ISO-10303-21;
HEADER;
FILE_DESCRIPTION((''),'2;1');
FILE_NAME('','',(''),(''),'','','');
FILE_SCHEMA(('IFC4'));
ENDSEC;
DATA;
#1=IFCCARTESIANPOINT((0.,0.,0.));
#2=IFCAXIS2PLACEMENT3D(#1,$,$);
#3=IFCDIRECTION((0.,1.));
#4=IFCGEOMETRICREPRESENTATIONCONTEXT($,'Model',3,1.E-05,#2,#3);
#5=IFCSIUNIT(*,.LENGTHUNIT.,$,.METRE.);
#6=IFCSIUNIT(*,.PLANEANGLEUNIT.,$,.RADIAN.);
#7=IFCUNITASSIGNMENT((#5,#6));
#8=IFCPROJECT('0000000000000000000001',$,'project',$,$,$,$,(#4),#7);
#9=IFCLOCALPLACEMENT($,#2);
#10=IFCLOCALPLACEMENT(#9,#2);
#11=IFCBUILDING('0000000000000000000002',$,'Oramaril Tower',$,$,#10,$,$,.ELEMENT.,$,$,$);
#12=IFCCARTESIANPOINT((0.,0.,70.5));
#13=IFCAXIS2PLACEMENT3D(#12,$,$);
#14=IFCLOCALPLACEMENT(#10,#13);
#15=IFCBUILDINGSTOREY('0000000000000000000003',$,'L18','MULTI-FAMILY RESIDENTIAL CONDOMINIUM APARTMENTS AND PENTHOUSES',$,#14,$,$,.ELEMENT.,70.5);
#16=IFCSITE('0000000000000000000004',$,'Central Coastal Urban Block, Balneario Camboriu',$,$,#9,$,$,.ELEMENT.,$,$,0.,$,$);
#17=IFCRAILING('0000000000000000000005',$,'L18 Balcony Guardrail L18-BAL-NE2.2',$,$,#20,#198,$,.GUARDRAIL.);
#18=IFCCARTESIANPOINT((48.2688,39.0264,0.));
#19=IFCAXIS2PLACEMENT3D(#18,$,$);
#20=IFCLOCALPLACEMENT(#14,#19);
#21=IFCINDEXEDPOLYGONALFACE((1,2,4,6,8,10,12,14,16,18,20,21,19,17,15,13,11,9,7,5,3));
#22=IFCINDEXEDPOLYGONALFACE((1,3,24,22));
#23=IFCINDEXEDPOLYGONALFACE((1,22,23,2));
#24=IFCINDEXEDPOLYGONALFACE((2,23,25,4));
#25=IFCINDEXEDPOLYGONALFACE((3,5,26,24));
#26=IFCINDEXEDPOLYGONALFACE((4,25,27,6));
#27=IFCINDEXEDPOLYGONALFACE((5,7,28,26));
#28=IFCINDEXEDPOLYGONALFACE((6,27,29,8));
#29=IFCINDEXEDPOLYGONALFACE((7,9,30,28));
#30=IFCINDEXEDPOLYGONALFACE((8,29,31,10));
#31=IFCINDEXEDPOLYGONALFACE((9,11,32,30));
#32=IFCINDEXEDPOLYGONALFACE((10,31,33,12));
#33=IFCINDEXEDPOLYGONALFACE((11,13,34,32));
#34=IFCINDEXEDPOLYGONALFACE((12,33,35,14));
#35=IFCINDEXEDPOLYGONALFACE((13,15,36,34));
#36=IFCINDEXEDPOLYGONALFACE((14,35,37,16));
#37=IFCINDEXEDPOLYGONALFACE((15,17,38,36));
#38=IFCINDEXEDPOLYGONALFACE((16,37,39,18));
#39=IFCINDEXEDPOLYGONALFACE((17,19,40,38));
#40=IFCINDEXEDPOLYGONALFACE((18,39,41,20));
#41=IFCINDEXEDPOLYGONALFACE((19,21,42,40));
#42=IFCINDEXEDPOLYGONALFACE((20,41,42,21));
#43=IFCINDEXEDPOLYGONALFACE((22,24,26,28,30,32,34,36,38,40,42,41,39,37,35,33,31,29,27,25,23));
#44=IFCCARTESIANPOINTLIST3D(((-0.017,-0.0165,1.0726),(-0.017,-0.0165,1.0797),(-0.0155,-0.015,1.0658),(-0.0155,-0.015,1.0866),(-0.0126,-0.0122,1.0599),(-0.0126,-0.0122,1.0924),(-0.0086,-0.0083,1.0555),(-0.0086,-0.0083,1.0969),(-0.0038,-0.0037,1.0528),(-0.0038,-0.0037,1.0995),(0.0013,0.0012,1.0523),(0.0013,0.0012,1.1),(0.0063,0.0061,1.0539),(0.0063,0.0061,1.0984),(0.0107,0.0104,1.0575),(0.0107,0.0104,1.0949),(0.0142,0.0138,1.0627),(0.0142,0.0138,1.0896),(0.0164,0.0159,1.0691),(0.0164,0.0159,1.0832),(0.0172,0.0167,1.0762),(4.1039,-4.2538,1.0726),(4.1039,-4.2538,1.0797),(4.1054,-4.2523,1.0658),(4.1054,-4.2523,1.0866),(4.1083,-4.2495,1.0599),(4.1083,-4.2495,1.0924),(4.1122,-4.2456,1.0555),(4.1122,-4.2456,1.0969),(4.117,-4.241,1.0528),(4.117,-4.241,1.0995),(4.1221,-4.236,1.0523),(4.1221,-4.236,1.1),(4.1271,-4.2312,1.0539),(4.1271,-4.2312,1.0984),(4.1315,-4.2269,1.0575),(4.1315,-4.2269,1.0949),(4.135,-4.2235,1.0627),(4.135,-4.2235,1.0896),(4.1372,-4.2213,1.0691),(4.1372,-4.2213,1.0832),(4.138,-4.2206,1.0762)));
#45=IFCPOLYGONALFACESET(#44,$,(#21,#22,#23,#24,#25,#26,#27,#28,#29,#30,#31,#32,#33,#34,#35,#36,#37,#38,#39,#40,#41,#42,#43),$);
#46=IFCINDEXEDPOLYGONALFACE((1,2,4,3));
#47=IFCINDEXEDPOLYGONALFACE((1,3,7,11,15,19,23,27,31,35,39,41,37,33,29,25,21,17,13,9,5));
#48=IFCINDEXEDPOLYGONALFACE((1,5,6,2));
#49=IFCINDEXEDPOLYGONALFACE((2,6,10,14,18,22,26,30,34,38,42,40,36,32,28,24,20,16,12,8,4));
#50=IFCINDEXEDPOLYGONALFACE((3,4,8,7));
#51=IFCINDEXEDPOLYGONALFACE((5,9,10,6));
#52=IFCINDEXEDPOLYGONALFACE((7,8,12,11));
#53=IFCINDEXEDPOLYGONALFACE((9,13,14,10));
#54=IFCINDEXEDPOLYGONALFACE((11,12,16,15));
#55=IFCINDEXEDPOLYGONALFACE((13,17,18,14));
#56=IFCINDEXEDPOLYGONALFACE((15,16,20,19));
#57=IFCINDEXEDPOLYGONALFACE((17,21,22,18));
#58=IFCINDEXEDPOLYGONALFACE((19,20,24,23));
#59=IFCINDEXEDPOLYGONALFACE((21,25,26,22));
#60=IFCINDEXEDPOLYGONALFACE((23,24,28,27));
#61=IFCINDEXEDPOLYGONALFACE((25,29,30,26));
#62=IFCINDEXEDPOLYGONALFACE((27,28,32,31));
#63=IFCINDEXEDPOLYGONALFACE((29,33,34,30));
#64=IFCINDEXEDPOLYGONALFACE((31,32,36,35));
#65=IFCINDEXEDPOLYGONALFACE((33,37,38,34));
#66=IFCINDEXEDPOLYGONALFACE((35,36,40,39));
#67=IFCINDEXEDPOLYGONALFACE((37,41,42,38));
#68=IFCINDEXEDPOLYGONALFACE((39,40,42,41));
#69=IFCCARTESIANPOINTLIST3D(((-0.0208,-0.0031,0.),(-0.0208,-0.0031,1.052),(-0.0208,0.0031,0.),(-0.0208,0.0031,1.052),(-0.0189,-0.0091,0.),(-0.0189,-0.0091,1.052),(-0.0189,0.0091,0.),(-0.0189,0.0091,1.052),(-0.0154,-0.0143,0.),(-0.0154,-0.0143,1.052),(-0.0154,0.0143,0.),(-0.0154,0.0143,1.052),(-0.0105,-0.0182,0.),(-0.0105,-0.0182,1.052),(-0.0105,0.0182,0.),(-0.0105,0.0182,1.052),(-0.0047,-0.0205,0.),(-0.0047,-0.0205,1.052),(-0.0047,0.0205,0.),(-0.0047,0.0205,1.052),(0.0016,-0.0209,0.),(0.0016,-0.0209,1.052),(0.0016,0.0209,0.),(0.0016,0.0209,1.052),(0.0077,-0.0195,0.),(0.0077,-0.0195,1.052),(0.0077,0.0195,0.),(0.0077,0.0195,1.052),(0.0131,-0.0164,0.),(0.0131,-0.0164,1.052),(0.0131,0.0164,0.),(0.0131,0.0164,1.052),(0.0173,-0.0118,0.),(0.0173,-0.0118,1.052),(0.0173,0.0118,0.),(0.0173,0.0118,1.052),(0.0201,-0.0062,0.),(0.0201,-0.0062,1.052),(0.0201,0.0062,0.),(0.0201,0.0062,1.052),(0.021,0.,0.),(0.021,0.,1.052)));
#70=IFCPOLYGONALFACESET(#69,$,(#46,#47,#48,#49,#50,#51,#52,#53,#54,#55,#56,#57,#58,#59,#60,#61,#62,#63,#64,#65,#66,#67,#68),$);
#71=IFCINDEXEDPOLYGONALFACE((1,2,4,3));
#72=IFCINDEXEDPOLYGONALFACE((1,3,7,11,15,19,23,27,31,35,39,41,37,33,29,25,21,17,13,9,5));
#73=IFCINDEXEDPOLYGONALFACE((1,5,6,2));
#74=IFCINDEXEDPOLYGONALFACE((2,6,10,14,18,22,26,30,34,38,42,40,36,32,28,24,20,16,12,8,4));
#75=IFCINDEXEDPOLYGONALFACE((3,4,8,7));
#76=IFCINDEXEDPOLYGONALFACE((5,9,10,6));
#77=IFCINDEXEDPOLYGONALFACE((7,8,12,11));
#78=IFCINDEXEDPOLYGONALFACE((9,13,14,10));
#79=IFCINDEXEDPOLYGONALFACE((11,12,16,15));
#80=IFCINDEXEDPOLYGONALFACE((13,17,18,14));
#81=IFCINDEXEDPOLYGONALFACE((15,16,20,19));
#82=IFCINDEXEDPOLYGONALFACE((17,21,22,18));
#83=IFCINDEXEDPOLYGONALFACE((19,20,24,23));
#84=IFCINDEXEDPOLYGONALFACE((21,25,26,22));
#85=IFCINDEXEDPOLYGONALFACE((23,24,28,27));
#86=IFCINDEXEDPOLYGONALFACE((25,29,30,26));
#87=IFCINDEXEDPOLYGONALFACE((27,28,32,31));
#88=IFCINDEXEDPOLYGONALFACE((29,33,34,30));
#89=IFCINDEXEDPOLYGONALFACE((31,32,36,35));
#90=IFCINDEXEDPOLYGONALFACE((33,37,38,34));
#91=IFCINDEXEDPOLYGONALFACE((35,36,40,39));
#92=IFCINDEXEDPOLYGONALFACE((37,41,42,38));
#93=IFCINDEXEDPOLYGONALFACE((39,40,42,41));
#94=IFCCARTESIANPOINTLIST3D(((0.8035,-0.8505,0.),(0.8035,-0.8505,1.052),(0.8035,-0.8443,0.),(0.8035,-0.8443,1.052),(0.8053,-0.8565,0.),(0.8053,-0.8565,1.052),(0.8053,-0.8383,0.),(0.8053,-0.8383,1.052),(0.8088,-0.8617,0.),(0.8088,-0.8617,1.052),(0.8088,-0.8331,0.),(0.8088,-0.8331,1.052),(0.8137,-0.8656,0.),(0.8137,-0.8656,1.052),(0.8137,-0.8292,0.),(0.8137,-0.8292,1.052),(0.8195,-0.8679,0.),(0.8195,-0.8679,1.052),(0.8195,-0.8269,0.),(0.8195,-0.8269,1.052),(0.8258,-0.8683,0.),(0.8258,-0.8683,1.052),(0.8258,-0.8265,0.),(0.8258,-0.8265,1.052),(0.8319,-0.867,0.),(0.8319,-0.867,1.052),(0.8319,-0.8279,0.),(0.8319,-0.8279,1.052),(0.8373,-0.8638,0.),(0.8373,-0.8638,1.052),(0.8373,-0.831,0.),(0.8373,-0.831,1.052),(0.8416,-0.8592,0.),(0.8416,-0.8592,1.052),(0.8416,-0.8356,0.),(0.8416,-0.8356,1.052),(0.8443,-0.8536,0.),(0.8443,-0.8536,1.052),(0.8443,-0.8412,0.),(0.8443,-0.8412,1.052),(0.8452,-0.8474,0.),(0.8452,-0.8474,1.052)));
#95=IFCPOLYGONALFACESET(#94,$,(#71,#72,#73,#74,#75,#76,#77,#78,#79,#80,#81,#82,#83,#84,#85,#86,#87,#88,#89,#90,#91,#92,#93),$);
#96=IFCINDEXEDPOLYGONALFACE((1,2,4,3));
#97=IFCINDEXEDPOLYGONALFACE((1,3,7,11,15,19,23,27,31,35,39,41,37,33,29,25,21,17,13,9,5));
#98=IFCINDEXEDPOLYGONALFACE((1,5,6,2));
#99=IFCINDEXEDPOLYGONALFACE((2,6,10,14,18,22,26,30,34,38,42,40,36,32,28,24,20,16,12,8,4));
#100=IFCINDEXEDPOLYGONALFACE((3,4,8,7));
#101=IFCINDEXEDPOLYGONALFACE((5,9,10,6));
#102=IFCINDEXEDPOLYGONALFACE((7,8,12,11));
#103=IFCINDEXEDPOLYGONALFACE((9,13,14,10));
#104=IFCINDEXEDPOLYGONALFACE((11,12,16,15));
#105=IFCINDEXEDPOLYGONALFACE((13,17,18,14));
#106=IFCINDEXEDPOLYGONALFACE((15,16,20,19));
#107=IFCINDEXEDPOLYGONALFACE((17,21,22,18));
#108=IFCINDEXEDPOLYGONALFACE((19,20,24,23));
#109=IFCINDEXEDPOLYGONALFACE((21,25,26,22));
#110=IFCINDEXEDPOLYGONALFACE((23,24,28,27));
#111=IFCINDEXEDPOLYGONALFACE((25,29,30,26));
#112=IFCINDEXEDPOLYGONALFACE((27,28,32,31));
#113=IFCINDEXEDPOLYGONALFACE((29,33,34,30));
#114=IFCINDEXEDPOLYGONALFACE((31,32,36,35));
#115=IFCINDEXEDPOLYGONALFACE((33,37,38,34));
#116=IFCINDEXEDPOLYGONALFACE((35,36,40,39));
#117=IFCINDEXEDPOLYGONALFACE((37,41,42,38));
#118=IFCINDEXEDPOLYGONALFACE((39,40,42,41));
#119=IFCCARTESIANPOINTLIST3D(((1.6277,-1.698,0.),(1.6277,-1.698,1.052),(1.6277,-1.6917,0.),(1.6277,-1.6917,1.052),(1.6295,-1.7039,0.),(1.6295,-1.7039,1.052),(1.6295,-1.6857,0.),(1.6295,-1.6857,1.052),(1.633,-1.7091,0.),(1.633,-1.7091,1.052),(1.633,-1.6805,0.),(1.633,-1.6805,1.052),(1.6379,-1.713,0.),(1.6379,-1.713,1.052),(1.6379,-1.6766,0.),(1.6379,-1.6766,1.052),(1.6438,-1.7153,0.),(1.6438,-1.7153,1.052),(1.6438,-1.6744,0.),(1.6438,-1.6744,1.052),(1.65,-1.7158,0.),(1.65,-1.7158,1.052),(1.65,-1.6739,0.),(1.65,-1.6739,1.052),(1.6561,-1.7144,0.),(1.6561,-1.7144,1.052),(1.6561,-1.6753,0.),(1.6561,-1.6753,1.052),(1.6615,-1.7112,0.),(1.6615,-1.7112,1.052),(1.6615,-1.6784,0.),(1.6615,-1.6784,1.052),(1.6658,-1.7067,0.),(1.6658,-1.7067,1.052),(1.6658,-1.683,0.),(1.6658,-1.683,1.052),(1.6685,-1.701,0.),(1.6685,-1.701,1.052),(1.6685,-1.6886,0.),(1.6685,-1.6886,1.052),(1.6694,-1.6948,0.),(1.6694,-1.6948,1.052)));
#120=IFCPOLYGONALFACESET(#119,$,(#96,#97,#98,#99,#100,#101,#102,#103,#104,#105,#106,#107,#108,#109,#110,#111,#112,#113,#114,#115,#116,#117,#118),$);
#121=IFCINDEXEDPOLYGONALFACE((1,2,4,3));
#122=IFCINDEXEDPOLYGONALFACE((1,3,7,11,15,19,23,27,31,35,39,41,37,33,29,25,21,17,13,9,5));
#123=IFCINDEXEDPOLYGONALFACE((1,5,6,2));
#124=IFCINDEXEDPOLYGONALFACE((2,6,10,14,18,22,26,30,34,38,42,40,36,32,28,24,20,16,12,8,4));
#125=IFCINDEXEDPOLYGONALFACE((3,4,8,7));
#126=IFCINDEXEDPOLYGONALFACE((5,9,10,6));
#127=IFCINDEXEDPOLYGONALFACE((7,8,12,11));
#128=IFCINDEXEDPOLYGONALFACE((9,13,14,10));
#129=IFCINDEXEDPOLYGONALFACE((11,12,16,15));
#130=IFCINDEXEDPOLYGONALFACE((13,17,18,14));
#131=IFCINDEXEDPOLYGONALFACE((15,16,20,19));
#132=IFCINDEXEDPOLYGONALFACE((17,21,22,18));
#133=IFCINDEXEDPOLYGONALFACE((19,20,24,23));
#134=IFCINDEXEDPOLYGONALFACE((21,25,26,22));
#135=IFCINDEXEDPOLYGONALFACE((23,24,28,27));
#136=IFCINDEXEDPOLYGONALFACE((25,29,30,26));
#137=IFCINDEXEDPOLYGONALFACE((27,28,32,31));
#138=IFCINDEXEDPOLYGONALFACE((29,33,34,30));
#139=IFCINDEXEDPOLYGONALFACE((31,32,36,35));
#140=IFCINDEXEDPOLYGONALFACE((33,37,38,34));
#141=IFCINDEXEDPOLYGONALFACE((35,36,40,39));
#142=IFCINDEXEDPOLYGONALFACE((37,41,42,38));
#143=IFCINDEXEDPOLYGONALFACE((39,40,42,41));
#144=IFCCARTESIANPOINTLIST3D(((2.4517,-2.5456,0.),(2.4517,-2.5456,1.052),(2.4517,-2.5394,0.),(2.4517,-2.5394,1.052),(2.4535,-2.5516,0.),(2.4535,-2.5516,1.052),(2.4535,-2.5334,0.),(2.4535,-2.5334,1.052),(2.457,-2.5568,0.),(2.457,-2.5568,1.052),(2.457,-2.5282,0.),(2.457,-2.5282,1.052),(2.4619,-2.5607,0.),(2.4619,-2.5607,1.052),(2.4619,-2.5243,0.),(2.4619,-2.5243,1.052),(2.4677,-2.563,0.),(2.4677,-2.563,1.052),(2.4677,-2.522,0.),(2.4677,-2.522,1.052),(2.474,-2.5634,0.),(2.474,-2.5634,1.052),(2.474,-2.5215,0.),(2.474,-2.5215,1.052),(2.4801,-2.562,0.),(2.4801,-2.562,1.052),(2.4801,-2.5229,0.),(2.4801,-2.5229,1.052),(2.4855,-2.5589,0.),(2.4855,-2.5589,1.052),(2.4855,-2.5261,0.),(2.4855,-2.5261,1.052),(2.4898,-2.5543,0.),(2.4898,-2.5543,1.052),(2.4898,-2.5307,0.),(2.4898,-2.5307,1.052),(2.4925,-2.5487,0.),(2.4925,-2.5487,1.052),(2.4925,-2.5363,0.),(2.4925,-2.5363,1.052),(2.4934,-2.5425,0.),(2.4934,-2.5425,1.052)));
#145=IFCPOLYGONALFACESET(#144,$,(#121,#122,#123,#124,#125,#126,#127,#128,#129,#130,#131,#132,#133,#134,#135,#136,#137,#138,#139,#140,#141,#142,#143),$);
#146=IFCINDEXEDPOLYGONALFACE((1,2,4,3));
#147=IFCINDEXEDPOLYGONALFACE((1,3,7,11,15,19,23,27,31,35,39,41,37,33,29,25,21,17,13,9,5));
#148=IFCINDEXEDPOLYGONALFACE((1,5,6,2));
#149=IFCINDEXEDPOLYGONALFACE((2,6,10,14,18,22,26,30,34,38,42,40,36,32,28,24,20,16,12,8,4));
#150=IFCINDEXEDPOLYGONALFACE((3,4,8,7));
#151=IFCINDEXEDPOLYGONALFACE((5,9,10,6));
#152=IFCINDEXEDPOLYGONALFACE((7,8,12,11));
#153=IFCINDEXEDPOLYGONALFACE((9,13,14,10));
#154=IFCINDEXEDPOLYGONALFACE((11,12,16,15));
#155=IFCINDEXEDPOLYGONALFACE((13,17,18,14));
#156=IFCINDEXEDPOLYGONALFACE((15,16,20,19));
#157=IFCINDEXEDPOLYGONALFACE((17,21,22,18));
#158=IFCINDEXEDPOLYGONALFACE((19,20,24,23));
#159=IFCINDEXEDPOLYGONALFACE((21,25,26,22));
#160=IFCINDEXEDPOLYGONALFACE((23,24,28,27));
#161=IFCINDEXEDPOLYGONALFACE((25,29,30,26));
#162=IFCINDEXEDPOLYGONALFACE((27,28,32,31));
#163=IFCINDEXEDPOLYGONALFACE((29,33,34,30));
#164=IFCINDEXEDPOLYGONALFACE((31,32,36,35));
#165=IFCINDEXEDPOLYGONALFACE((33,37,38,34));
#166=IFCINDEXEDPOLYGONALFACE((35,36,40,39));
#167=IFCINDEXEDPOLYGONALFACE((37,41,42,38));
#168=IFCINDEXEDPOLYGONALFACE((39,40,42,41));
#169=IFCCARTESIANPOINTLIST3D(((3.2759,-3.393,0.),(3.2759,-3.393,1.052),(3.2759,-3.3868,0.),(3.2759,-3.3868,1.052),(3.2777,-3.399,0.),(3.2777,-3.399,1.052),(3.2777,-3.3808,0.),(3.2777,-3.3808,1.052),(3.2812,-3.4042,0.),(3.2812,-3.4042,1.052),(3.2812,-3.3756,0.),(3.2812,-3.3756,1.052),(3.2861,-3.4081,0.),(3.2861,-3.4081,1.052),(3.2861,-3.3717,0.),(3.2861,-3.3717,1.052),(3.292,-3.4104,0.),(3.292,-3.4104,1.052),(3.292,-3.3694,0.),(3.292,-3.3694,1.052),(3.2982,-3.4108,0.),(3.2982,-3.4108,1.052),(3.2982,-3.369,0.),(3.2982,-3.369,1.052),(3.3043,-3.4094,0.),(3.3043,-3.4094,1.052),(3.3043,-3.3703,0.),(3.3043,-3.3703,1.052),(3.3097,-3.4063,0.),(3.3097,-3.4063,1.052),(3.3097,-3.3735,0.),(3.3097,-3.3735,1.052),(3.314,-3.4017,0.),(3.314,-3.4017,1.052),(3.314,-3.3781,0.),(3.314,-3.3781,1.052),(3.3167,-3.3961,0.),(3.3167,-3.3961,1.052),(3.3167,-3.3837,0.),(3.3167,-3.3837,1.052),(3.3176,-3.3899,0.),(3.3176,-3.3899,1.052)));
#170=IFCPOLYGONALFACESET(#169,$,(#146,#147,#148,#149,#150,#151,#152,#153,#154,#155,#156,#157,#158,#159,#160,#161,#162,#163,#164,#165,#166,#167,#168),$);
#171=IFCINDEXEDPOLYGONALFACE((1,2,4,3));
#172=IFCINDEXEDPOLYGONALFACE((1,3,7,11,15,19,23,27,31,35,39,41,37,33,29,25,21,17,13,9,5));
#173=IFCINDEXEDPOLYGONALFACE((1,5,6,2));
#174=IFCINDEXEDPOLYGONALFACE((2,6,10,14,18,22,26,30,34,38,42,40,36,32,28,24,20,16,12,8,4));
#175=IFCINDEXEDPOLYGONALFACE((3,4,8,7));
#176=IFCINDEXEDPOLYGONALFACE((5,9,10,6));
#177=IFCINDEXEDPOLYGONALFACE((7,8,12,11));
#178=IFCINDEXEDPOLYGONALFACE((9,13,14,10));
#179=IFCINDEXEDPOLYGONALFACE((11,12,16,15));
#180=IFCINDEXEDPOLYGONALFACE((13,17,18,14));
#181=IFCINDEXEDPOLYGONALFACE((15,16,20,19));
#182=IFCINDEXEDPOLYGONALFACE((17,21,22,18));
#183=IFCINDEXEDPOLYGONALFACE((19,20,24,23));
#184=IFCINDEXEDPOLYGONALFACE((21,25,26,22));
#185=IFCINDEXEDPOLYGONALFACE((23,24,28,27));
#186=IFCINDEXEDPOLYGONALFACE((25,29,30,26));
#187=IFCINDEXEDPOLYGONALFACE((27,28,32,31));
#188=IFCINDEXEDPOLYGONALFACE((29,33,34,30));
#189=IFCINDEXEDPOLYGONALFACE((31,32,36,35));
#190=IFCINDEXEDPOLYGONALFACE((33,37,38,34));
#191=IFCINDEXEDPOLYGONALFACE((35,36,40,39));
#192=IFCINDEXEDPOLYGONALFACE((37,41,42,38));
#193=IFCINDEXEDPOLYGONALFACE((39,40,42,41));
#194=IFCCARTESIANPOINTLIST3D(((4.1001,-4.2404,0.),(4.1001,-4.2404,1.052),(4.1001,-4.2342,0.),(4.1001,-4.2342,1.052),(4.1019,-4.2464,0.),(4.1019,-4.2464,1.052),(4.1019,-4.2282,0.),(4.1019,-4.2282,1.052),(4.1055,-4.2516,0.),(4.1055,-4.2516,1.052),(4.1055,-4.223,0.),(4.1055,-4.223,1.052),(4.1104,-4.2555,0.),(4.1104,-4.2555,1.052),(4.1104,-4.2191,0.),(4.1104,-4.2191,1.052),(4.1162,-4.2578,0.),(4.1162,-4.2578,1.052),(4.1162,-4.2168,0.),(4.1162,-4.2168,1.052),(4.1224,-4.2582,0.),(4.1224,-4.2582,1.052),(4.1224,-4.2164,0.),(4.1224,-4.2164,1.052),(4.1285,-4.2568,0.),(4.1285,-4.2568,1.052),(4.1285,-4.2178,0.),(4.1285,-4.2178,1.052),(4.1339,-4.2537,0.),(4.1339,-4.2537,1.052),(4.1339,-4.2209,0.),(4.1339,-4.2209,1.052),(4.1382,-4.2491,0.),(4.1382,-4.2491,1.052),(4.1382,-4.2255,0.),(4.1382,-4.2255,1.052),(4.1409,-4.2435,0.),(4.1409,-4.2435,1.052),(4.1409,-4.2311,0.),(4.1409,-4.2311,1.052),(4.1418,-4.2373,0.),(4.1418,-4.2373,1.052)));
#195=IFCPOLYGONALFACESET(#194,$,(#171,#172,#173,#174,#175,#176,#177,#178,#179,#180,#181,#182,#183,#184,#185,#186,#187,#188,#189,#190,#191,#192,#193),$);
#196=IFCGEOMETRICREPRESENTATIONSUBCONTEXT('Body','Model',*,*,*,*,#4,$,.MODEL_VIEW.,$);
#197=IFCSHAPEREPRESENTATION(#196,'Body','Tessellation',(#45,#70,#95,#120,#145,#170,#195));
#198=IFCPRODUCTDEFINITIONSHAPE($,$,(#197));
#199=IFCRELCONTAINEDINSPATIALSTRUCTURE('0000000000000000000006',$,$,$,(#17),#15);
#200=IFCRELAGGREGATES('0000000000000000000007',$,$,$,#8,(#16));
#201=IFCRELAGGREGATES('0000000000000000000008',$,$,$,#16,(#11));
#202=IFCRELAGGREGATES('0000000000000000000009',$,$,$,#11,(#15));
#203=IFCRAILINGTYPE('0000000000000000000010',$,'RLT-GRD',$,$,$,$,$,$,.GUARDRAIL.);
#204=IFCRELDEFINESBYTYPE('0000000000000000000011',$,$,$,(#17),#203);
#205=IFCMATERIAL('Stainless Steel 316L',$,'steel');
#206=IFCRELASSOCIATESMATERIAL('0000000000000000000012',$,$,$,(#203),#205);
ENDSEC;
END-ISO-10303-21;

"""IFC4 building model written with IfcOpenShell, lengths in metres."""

from ifc_helpers import new_model, si_unit, direction, frame, origin, origin_2d, place, context, subcontext, project, spatial, circle, extrude, material, type_object, element, save


model = new_model("IFC4")

# Units and contexts
model_context = context("Model", 3, precision=1e-05, world=origin(), true_north=direction((0.0, 1.0)))
body_context = subcontext(model_context, "Body", "Model", "MODEL_VIEW")
ifc_project = project(units=[si_unit("LENGTHUNIT", "METRE"), si_unit("PLANEANGLEUNIT", "RADIAN")], contexts=[model_context])

# Site, building, storey
site_placement = place(None, origin())
site = spatial("IfcSite", under=ifc_project, at=site_placement, Name="Central Coastal Urban Block, Balneario Camboriu", CompositionType="ELEMENT", RefElevation=0.0)
building_placement = place(site_placement, origin())
building = spatial("IfcBuilding", under=site, at=building_placement, Name="Oramaril Tower", CompositionType="ELEMENT")
storey_placement = place(building_placement, frame((0.0, 0.0, 70.5)))
storey = spatial("IfcBuildingStorey", under=building, at=storey_placement, Name="L18", Description="MULTI-FAMILY RESIDENTIAL CONDOMINIUM APARTMENTS AND PENTHOUSES", CompositionType="ELEMENT", Elevation=70.5)

# Railing
ifc_material_1 = material(Name="Stainless Steel 316L", Category="steel")
railing_type = type_object("IfcRailingType", Name="RLT-GRD", PredefinedType="GUARDRAIL", material=ifc_material_1)
railing_1_placement = place(storey_placement, frame((48.2688, 39.0264, 0.0)))
element("IfcRailing", 1, at=railing_1_placement, inside=storey, type_object=railing_type, Name="L18 Balcony Guardrail L18-BAL-NE2.2", PredefinedType="GUARDRAIL", context=body_context, shape_type="SweptSolid", body=[
    extrude(circle(Radius=0.0239, at=origin_2d()), frame((0.0, 0.0, 1.0762), z_axis=(0.697187, -0.716889, 0.0), x_axis=(0.716889, 0.697187, 0.0)), (0.0, 0.0, 1.0), 5.9106),
    extrude(circle(Radius=0.021, at=origin_2d()), origin(), (0.0, 0.0, 1.0), 1.052),
    extrude(circle(Radius=0.021, at=origin_2d()), frame((0.8242, -0.8474, 0.0)), (0.0, 0.0, 1.0), 1.052),
    extrude(circle(Radius=0.021, at=origin_2d()), frame((1.6484, -1.6948, 0.0)), (0.0, 0.0, 1.0), 1.052),
    extrude(circle(Radius=0.021, at=origin_2d()), frame((2.4724, -2.5425, 0.0)), (0.0, 0.0, 1.0), 1.052),
    extrude(circle(Radius=0.021, at=origin_2d()), frame((3.2966, -3.3899, 0.0)), (0.0, 0.0, 1.0), 1.052),
    extrude(circle(Radius=0.021, at=origin_2d()), frame((4.1208, -4.2373, 0.0)), (0.0, 0.0, 1.0), 1.052),
])

save(model, "model.ifc")
